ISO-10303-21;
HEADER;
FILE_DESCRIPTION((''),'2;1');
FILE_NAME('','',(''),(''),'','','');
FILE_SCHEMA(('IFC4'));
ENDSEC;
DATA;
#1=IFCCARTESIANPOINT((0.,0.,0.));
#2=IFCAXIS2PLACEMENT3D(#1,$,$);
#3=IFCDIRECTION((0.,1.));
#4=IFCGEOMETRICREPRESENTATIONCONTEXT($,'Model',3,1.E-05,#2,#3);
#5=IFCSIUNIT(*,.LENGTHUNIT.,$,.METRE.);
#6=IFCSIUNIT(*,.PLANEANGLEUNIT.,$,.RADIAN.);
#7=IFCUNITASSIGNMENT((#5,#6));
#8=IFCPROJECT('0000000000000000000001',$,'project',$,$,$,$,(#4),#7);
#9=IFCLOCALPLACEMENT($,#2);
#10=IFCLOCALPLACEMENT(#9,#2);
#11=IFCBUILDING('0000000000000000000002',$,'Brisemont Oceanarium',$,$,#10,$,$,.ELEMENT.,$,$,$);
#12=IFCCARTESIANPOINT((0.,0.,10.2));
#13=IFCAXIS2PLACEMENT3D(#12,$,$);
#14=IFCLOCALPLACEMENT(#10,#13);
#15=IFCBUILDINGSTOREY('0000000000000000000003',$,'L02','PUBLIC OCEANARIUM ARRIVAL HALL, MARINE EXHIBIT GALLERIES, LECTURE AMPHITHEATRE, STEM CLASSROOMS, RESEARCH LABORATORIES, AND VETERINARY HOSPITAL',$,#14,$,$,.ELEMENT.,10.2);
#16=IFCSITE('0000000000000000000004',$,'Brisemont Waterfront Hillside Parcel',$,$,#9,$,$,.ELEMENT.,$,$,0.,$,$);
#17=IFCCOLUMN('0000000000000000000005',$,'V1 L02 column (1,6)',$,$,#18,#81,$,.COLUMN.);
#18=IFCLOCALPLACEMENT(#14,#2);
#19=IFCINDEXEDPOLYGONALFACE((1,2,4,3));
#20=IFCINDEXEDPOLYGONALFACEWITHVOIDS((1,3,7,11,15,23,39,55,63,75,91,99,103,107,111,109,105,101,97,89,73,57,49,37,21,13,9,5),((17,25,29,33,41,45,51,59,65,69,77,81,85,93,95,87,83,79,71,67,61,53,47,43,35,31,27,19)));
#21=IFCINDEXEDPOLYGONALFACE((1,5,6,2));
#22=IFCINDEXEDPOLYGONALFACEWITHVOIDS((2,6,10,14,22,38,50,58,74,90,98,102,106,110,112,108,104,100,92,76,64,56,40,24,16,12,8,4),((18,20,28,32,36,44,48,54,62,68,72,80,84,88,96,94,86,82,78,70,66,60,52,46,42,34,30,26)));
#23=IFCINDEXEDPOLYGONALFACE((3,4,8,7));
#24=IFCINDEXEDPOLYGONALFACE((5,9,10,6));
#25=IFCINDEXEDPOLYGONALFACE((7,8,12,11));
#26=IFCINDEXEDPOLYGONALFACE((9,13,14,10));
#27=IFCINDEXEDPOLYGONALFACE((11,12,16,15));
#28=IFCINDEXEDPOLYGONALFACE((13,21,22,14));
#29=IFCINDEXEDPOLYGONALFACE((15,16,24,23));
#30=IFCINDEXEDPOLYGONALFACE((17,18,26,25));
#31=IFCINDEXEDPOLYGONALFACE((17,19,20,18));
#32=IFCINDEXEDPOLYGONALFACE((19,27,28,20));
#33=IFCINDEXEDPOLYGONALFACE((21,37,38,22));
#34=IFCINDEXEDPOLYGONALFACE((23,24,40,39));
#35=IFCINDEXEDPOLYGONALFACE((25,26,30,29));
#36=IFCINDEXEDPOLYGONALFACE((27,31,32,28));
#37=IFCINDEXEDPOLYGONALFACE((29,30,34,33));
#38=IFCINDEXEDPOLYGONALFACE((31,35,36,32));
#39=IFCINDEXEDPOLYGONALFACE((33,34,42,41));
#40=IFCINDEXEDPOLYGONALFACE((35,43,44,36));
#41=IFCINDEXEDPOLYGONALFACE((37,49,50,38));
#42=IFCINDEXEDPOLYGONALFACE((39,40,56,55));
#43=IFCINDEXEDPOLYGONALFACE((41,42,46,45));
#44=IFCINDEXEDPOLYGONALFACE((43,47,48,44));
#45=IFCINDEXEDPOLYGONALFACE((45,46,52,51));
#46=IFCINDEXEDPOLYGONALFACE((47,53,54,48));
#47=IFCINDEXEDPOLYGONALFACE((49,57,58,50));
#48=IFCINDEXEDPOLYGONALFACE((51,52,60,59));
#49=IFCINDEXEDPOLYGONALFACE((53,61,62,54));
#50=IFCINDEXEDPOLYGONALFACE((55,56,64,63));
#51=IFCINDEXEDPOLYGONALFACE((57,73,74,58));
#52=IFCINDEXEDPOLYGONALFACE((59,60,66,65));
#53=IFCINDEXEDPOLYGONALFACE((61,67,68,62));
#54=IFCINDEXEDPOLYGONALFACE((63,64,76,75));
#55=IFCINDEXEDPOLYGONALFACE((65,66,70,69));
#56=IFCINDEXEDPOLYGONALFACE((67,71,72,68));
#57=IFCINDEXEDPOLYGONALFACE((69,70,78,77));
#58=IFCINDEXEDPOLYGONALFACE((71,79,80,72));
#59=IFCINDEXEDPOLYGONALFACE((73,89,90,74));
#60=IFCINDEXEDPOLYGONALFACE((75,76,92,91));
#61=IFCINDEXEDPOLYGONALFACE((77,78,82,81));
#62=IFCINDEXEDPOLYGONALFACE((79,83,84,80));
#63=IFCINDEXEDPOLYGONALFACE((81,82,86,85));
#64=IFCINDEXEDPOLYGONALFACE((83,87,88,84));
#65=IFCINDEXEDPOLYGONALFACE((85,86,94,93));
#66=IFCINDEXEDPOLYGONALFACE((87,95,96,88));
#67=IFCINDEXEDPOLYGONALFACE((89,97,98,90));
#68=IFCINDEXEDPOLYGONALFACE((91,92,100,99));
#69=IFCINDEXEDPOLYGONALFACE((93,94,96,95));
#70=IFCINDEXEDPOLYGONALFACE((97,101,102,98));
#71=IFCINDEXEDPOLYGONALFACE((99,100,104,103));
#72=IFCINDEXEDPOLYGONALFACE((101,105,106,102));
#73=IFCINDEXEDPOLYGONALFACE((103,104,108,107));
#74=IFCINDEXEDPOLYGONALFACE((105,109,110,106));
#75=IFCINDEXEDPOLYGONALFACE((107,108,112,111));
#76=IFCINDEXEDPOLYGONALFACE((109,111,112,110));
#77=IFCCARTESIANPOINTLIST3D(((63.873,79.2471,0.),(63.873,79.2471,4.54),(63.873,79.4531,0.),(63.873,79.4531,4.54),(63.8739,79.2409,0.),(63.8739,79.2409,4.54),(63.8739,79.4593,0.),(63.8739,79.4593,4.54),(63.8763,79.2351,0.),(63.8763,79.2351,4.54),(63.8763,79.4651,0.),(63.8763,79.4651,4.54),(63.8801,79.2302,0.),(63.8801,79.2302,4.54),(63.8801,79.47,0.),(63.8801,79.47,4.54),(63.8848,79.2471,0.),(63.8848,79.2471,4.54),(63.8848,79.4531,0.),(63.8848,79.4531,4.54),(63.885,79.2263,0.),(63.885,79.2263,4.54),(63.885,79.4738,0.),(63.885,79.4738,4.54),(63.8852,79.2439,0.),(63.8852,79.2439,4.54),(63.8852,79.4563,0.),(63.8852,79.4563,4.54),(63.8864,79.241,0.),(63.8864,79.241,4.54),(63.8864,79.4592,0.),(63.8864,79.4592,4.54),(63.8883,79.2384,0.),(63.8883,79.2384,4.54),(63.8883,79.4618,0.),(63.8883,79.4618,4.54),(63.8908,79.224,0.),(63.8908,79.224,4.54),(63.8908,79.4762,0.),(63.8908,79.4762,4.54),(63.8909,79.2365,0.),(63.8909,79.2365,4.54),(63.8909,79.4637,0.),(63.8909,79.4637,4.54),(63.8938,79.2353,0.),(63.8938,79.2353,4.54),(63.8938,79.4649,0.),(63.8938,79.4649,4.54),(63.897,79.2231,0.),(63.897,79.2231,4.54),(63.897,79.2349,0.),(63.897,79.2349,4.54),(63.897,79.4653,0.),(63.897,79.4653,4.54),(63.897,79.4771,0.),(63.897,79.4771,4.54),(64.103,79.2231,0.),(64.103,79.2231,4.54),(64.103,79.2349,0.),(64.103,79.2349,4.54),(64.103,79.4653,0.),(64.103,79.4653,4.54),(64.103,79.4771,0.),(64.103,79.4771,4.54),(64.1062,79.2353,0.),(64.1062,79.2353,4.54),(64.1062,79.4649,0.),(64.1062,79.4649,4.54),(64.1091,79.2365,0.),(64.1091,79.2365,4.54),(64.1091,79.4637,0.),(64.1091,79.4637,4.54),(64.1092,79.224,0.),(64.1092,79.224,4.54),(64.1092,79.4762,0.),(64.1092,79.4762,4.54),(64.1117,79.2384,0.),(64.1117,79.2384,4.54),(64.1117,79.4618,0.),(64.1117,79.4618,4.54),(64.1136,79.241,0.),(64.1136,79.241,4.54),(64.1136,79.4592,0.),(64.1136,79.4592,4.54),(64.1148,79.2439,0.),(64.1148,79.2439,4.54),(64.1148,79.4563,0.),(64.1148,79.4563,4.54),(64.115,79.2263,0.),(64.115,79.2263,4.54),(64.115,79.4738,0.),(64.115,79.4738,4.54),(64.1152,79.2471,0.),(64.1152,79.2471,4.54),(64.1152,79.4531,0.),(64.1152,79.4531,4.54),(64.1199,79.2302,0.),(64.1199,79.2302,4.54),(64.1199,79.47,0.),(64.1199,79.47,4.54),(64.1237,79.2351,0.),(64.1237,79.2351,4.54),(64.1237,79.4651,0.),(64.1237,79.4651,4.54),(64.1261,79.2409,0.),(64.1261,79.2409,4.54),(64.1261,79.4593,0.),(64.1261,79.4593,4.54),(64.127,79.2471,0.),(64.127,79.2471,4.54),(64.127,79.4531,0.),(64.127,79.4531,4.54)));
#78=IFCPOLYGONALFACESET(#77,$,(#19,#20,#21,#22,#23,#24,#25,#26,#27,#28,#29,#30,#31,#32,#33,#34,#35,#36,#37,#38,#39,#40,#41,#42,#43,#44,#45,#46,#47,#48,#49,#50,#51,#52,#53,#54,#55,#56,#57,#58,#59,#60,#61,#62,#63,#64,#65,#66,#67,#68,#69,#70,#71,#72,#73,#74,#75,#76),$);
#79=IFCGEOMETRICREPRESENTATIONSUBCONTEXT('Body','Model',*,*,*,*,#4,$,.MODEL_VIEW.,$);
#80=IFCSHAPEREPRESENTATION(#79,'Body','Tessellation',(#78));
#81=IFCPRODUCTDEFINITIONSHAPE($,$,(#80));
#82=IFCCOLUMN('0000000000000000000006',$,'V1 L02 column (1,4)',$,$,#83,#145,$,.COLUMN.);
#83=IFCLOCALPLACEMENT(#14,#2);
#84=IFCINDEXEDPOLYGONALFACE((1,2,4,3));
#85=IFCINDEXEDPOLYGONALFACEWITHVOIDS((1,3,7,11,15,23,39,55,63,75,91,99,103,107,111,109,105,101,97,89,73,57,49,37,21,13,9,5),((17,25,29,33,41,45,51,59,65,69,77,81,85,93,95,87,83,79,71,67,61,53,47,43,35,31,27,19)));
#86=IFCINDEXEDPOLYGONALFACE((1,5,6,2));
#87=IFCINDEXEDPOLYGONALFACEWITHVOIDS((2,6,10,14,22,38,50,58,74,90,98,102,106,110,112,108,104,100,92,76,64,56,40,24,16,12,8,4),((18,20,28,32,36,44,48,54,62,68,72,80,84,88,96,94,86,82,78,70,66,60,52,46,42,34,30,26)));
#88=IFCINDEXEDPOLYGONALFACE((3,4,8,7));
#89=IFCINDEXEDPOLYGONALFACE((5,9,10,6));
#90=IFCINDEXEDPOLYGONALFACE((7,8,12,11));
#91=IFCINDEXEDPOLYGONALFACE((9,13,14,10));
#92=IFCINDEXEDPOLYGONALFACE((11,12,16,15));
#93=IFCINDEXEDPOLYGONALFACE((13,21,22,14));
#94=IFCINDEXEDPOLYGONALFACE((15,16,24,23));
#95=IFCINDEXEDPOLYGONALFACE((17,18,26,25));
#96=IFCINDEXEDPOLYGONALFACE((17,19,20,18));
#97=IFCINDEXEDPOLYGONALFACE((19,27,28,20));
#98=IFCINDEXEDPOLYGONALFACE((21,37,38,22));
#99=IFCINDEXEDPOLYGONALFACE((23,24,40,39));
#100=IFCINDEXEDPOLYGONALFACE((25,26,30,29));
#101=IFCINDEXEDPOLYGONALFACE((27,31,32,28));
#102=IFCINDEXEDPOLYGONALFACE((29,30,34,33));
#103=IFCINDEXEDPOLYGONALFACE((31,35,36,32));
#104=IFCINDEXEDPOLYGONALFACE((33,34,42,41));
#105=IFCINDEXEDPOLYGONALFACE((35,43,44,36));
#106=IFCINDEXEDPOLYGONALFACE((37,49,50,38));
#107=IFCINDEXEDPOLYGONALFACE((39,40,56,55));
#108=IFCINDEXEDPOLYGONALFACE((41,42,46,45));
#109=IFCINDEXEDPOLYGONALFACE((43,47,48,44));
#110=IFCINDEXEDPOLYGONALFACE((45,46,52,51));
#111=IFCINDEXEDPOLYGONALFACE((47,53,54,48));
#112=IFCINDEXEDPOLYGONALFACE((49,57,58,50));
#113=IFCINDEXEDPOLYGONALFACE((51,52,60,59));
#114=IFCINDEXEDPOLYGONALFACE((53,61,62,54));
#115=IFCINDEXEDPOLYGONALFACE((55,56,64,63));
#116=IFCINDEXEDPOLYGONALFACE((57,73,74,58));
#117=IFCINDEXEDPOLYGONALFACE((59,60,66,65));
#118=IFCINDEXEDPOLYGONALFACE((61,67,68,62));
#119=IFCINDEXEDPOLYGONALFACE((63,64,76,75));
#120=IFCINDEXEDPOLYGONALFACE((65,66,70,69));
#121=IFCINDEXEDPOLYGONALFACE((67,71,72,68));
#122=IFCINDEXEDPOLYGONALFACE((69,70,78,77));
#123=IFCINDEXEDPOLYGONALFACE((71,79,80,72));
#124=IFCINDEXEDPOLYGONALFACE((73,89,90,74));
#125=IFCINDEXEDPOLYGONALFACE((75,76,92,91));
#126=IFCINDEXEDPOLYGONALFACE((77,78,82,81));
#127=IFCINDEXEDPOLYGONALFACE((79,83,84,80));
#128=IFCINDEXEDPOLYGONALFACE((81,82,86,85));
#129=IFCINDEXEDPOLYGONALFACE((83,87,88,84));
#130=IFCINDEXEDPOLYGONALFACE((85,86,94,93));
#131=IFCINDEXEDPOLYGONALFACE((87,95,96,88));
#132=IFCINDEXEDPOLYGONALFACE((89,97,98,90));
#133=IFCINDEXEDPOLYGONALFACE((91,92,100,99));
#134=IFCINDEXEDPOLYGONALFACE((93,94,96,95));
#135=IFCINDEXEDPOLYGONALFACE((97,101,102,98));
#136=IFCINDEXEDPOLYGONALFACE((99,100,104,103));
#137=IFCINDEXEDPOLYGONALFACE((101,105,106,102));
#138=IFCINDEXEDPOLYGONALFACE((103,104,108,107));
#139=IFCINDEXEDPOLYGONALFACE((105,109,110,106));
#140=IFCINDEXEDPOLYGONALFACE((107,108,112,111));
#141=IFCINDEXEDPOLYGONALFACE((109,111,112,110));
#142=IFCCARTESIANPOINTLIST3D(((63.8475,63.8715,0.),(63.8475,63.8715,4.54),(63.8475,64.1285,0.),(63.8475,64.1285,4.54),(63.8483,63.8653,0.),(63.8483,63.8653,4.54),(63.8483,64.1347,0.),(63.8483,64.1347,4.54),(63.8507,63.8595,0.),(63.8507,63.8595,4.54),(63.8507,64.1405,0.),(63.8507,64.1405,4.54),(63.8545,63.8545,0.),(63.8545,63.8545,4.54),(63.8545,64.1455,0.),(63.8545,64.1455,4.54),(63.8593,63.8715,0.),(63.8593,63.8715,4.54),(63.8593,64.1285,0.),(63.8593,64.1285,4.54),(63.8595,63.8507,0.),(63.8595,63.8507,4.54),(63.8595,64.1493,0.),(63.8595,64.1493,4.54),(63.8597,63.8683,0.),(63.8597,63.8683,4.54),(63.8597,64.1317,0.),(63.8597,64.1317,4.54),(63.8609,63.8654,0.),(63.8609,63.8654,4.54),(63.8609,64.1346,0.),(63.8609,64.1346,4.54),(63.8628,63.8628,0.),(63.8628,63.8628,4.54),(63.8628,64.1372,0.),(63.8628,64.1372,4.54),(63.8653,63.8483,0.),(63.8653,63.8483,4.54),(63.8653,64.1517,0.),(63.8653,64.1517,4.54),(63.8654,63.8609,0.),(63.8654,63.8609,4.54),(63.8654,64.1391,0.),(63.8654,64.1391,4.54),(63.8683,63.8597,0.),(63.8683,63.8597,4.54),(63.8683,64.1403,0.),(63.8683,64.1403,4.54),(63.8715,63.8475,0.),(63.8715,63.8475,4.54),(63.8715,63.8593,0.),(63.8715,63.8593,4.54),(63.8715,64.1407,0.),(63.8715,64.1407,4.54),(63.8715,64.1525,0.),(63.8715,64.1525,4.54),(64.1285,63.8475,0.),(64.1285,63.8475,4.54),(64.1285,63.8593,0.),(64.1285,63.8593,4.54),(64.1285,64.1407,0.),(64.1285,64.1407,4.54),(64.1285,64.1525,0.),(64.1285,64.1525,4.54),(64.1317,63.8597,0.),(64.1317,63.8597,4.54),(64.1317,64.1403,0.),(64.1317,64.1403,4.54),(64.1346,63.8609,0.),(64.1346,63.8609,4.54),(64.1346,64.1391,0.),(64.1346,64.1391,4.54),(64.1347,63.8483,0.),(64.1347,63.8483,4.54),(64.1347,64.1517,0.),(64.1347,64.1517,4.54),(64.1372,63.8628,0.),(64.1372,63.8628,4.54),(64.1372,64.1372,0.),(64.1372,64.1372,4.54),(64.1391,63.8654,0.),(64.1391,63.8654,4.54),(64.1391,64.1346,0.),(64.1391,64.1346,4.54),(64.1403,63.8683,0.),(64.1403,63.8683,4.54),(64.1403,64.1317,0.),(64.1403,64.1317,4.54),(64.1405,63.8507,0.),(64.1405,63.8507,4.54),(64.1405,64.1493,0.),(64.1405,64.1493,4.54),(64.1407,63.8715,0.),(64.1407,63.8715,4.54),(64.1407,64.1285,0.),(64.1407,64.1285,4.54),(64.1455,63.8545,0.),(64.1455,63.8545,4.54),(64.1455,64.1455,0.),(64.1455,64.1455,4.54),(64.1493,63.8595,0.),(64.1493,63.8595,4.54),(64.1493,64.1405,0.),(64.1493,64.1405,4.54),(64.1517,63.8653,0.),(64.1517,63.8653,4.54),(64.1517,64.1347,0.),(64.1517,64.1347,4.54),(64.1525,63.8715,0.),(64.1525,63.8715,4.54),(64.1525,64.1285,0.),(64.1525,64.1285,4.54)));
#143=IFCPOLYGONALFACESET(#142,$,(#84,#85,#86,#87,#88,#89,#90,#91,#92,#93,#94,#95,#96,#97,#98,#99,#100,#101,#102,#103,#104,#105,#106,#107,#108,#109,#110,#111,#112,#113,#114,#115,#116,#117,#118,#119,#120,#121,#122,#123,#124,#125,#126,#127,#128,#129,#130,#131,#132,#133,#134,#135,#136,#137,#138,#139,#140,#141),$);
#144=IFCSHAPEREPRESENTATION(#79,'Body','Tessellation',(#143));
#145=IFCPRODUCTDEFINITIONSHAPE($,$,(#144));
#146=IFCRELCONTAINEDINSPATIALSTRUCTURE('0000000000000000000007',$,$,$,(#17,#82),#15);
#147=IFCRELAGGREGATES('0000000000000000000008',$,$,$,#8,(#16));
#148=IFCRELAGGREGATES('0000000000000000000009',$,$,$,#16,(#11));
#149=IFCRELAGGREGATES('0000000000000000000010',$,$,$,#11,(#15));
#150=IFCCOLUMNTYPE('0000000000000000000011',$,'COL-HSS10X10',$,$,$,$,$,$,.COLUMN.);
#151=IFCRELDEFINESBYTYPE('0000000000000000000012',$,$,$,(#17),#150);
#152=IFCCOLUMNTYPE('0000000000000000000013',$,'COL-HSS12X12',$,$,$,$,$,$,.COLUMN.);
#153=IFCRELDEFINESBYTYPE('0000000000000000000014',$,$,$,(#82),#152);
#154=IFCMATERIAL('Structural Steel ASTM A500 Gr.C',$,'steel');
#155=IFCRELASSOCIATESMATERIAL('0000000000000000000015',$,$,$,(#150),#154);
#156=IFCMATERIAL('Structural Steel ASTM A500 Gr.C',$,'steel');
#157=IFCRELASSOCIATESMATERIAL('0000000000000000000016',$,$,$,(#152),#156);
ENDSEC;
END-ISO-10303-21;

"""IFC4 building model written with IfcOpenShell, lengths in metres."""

from ifc_helpers import new_model, si_unit, direction, frame, origin, origin_2d, place, context, subcontext, project, spatial, hollow_rectangle, extrude, material, material_profile, profile_set, type_object, element, save


model = new_model("IFC4")

# Units and contexts
model_context = context("Model", 3, precision=1e-05, world=origin(), true_north=direction((0.0, 1.0)))
body_context = subcontext(model_context, "Body", "Model", "MODEL_VIEW")
ifc_project = project(units=[si_unit("LENGTHUNIT", "METRE"), si_unit("PLANEANGLEUNIT", "RADIAN")], contexts=[model_context])

# Site, building, storey
site_placement = place(None, origin())
site = spatial("IfcSite", under=ifc_project, at=site_placement, Name="Brisemont Waterfront Hillside Parcel", CompositionType="ELEMENT", RefElevation=0.0)
building_placement = place(site_placement, origin())
building = spatial("IfcBuilding", under=site, at=building_placement, Name="Brisemont Oceanarium", CompositionType="ELEMENT")
storey_placement = place(building_placement, frame((0.0, 0.0, 10.2)))
storey = spatial("IfcBuildingStorey", under=building, at=storey_placement, Name="L02", Description="PUBLIC OCEANARIUM ARRIVAL HALL, MARINE EXHIBIT GALLERIES, LECTURE AMPHITHEATRE, STEM CLASSROOMS, RESEARCH LABORATORIES, AND VETERINARY HOSPITAL", CompositionType="ELEMENT", Elevation=10.2)

# Columns
ifc_material_1 = material(Name="Structural Steel ASTM A500 Gr.C", Category="steel")
ifc_material_profile_1 = material_profile(ifc_material_1, hollow_rectangle(XDim=0.2539, YDim=0.2539, WallThickness=0.0117, InnerFilletRadius=0.0122, OuterFilletRadius=0.0239, at=origin_2d()), Name="HSS10X10X1/2")
ifc_profile_set_1 = profile_set([ifc_material_profile_1], Name="Structural Steel ASTM A500 Gr.C")
column_type_1 = type_object("IfcColumnType", Name="COL-HSS10X10", PredefinedType="COLUMN", material=ifc_profile_set_1)
column_1_placement = place(storey_placement, frame((64.0, 79.3501, 0.0), z_axis=(0.0, 0.0, 1.0), x_axis=(0.0, 1.0, 0.0)))
element("IfcColumn", 1, at=column_1_placement, inside=storey, type_object=column_type_1, Name="V1 L02 column (1,6)", PredefinedType="COLUMN", context=body_context, shape_type="SweptSolid", body=[
    extrude(hollow_rectangle(XDim=0.2539, YDim=0.2539, WallThickness=0.0117, InnerFilletRadius=0.0122, OuterFilletRadius=0.0239, at=origin_2d()), origin(), (0.0, 0.0, 1.0), 4.54),
])
ifc_material_2 = material(Name="Structural Steel ASTM A500 Gr.C", Category="steel")
ifc_material_profile_2 = material_profile(ifc_material_2, hollow_rectangle(XDim=0.3049, YDim=0.3049, WallThickness=0.0117, InnerFilletRadius=0.0122, OuterFilletRadius=0.0239, at=origin_2d()), Name="HSS12X12X1/2")
ifc_profile_set_2 = profile_set([ifc_material_profile_2], Name="Structural Steel ASTM A500 Gr.C")
column_type_2 = type_object("IfcColumnType", Name="COL-HSS12X12", PredefinedType="COLUMN", material=ifc_profile_set_2)
column_2_placement = place(storey_placement, frame((64.0, 64.0, 0.0), z_axis=(0.0, 0.0, 1.0), x_axis=(0.0, 1.0, 0.0)))
element("IfcColumn", 2, at=column_2_placement, inside=storey, type_object=column_type_2, Name="V1 L02 column (1,4)", PredefinedType="COLUMN", context=body_context, shape_type="SweptSolid", body=[
    extrude(hollow_rectangle(XDim=0.3049, YDim=0.3049, WallThickness=0.0117, InnerFilletRadius=0.0122, OuterFilletRadius=0.0239, at=origin_2d()), origin(), (0.0, 0.0, 1.0), 4.54),
])

save(model, "model.ifc")
